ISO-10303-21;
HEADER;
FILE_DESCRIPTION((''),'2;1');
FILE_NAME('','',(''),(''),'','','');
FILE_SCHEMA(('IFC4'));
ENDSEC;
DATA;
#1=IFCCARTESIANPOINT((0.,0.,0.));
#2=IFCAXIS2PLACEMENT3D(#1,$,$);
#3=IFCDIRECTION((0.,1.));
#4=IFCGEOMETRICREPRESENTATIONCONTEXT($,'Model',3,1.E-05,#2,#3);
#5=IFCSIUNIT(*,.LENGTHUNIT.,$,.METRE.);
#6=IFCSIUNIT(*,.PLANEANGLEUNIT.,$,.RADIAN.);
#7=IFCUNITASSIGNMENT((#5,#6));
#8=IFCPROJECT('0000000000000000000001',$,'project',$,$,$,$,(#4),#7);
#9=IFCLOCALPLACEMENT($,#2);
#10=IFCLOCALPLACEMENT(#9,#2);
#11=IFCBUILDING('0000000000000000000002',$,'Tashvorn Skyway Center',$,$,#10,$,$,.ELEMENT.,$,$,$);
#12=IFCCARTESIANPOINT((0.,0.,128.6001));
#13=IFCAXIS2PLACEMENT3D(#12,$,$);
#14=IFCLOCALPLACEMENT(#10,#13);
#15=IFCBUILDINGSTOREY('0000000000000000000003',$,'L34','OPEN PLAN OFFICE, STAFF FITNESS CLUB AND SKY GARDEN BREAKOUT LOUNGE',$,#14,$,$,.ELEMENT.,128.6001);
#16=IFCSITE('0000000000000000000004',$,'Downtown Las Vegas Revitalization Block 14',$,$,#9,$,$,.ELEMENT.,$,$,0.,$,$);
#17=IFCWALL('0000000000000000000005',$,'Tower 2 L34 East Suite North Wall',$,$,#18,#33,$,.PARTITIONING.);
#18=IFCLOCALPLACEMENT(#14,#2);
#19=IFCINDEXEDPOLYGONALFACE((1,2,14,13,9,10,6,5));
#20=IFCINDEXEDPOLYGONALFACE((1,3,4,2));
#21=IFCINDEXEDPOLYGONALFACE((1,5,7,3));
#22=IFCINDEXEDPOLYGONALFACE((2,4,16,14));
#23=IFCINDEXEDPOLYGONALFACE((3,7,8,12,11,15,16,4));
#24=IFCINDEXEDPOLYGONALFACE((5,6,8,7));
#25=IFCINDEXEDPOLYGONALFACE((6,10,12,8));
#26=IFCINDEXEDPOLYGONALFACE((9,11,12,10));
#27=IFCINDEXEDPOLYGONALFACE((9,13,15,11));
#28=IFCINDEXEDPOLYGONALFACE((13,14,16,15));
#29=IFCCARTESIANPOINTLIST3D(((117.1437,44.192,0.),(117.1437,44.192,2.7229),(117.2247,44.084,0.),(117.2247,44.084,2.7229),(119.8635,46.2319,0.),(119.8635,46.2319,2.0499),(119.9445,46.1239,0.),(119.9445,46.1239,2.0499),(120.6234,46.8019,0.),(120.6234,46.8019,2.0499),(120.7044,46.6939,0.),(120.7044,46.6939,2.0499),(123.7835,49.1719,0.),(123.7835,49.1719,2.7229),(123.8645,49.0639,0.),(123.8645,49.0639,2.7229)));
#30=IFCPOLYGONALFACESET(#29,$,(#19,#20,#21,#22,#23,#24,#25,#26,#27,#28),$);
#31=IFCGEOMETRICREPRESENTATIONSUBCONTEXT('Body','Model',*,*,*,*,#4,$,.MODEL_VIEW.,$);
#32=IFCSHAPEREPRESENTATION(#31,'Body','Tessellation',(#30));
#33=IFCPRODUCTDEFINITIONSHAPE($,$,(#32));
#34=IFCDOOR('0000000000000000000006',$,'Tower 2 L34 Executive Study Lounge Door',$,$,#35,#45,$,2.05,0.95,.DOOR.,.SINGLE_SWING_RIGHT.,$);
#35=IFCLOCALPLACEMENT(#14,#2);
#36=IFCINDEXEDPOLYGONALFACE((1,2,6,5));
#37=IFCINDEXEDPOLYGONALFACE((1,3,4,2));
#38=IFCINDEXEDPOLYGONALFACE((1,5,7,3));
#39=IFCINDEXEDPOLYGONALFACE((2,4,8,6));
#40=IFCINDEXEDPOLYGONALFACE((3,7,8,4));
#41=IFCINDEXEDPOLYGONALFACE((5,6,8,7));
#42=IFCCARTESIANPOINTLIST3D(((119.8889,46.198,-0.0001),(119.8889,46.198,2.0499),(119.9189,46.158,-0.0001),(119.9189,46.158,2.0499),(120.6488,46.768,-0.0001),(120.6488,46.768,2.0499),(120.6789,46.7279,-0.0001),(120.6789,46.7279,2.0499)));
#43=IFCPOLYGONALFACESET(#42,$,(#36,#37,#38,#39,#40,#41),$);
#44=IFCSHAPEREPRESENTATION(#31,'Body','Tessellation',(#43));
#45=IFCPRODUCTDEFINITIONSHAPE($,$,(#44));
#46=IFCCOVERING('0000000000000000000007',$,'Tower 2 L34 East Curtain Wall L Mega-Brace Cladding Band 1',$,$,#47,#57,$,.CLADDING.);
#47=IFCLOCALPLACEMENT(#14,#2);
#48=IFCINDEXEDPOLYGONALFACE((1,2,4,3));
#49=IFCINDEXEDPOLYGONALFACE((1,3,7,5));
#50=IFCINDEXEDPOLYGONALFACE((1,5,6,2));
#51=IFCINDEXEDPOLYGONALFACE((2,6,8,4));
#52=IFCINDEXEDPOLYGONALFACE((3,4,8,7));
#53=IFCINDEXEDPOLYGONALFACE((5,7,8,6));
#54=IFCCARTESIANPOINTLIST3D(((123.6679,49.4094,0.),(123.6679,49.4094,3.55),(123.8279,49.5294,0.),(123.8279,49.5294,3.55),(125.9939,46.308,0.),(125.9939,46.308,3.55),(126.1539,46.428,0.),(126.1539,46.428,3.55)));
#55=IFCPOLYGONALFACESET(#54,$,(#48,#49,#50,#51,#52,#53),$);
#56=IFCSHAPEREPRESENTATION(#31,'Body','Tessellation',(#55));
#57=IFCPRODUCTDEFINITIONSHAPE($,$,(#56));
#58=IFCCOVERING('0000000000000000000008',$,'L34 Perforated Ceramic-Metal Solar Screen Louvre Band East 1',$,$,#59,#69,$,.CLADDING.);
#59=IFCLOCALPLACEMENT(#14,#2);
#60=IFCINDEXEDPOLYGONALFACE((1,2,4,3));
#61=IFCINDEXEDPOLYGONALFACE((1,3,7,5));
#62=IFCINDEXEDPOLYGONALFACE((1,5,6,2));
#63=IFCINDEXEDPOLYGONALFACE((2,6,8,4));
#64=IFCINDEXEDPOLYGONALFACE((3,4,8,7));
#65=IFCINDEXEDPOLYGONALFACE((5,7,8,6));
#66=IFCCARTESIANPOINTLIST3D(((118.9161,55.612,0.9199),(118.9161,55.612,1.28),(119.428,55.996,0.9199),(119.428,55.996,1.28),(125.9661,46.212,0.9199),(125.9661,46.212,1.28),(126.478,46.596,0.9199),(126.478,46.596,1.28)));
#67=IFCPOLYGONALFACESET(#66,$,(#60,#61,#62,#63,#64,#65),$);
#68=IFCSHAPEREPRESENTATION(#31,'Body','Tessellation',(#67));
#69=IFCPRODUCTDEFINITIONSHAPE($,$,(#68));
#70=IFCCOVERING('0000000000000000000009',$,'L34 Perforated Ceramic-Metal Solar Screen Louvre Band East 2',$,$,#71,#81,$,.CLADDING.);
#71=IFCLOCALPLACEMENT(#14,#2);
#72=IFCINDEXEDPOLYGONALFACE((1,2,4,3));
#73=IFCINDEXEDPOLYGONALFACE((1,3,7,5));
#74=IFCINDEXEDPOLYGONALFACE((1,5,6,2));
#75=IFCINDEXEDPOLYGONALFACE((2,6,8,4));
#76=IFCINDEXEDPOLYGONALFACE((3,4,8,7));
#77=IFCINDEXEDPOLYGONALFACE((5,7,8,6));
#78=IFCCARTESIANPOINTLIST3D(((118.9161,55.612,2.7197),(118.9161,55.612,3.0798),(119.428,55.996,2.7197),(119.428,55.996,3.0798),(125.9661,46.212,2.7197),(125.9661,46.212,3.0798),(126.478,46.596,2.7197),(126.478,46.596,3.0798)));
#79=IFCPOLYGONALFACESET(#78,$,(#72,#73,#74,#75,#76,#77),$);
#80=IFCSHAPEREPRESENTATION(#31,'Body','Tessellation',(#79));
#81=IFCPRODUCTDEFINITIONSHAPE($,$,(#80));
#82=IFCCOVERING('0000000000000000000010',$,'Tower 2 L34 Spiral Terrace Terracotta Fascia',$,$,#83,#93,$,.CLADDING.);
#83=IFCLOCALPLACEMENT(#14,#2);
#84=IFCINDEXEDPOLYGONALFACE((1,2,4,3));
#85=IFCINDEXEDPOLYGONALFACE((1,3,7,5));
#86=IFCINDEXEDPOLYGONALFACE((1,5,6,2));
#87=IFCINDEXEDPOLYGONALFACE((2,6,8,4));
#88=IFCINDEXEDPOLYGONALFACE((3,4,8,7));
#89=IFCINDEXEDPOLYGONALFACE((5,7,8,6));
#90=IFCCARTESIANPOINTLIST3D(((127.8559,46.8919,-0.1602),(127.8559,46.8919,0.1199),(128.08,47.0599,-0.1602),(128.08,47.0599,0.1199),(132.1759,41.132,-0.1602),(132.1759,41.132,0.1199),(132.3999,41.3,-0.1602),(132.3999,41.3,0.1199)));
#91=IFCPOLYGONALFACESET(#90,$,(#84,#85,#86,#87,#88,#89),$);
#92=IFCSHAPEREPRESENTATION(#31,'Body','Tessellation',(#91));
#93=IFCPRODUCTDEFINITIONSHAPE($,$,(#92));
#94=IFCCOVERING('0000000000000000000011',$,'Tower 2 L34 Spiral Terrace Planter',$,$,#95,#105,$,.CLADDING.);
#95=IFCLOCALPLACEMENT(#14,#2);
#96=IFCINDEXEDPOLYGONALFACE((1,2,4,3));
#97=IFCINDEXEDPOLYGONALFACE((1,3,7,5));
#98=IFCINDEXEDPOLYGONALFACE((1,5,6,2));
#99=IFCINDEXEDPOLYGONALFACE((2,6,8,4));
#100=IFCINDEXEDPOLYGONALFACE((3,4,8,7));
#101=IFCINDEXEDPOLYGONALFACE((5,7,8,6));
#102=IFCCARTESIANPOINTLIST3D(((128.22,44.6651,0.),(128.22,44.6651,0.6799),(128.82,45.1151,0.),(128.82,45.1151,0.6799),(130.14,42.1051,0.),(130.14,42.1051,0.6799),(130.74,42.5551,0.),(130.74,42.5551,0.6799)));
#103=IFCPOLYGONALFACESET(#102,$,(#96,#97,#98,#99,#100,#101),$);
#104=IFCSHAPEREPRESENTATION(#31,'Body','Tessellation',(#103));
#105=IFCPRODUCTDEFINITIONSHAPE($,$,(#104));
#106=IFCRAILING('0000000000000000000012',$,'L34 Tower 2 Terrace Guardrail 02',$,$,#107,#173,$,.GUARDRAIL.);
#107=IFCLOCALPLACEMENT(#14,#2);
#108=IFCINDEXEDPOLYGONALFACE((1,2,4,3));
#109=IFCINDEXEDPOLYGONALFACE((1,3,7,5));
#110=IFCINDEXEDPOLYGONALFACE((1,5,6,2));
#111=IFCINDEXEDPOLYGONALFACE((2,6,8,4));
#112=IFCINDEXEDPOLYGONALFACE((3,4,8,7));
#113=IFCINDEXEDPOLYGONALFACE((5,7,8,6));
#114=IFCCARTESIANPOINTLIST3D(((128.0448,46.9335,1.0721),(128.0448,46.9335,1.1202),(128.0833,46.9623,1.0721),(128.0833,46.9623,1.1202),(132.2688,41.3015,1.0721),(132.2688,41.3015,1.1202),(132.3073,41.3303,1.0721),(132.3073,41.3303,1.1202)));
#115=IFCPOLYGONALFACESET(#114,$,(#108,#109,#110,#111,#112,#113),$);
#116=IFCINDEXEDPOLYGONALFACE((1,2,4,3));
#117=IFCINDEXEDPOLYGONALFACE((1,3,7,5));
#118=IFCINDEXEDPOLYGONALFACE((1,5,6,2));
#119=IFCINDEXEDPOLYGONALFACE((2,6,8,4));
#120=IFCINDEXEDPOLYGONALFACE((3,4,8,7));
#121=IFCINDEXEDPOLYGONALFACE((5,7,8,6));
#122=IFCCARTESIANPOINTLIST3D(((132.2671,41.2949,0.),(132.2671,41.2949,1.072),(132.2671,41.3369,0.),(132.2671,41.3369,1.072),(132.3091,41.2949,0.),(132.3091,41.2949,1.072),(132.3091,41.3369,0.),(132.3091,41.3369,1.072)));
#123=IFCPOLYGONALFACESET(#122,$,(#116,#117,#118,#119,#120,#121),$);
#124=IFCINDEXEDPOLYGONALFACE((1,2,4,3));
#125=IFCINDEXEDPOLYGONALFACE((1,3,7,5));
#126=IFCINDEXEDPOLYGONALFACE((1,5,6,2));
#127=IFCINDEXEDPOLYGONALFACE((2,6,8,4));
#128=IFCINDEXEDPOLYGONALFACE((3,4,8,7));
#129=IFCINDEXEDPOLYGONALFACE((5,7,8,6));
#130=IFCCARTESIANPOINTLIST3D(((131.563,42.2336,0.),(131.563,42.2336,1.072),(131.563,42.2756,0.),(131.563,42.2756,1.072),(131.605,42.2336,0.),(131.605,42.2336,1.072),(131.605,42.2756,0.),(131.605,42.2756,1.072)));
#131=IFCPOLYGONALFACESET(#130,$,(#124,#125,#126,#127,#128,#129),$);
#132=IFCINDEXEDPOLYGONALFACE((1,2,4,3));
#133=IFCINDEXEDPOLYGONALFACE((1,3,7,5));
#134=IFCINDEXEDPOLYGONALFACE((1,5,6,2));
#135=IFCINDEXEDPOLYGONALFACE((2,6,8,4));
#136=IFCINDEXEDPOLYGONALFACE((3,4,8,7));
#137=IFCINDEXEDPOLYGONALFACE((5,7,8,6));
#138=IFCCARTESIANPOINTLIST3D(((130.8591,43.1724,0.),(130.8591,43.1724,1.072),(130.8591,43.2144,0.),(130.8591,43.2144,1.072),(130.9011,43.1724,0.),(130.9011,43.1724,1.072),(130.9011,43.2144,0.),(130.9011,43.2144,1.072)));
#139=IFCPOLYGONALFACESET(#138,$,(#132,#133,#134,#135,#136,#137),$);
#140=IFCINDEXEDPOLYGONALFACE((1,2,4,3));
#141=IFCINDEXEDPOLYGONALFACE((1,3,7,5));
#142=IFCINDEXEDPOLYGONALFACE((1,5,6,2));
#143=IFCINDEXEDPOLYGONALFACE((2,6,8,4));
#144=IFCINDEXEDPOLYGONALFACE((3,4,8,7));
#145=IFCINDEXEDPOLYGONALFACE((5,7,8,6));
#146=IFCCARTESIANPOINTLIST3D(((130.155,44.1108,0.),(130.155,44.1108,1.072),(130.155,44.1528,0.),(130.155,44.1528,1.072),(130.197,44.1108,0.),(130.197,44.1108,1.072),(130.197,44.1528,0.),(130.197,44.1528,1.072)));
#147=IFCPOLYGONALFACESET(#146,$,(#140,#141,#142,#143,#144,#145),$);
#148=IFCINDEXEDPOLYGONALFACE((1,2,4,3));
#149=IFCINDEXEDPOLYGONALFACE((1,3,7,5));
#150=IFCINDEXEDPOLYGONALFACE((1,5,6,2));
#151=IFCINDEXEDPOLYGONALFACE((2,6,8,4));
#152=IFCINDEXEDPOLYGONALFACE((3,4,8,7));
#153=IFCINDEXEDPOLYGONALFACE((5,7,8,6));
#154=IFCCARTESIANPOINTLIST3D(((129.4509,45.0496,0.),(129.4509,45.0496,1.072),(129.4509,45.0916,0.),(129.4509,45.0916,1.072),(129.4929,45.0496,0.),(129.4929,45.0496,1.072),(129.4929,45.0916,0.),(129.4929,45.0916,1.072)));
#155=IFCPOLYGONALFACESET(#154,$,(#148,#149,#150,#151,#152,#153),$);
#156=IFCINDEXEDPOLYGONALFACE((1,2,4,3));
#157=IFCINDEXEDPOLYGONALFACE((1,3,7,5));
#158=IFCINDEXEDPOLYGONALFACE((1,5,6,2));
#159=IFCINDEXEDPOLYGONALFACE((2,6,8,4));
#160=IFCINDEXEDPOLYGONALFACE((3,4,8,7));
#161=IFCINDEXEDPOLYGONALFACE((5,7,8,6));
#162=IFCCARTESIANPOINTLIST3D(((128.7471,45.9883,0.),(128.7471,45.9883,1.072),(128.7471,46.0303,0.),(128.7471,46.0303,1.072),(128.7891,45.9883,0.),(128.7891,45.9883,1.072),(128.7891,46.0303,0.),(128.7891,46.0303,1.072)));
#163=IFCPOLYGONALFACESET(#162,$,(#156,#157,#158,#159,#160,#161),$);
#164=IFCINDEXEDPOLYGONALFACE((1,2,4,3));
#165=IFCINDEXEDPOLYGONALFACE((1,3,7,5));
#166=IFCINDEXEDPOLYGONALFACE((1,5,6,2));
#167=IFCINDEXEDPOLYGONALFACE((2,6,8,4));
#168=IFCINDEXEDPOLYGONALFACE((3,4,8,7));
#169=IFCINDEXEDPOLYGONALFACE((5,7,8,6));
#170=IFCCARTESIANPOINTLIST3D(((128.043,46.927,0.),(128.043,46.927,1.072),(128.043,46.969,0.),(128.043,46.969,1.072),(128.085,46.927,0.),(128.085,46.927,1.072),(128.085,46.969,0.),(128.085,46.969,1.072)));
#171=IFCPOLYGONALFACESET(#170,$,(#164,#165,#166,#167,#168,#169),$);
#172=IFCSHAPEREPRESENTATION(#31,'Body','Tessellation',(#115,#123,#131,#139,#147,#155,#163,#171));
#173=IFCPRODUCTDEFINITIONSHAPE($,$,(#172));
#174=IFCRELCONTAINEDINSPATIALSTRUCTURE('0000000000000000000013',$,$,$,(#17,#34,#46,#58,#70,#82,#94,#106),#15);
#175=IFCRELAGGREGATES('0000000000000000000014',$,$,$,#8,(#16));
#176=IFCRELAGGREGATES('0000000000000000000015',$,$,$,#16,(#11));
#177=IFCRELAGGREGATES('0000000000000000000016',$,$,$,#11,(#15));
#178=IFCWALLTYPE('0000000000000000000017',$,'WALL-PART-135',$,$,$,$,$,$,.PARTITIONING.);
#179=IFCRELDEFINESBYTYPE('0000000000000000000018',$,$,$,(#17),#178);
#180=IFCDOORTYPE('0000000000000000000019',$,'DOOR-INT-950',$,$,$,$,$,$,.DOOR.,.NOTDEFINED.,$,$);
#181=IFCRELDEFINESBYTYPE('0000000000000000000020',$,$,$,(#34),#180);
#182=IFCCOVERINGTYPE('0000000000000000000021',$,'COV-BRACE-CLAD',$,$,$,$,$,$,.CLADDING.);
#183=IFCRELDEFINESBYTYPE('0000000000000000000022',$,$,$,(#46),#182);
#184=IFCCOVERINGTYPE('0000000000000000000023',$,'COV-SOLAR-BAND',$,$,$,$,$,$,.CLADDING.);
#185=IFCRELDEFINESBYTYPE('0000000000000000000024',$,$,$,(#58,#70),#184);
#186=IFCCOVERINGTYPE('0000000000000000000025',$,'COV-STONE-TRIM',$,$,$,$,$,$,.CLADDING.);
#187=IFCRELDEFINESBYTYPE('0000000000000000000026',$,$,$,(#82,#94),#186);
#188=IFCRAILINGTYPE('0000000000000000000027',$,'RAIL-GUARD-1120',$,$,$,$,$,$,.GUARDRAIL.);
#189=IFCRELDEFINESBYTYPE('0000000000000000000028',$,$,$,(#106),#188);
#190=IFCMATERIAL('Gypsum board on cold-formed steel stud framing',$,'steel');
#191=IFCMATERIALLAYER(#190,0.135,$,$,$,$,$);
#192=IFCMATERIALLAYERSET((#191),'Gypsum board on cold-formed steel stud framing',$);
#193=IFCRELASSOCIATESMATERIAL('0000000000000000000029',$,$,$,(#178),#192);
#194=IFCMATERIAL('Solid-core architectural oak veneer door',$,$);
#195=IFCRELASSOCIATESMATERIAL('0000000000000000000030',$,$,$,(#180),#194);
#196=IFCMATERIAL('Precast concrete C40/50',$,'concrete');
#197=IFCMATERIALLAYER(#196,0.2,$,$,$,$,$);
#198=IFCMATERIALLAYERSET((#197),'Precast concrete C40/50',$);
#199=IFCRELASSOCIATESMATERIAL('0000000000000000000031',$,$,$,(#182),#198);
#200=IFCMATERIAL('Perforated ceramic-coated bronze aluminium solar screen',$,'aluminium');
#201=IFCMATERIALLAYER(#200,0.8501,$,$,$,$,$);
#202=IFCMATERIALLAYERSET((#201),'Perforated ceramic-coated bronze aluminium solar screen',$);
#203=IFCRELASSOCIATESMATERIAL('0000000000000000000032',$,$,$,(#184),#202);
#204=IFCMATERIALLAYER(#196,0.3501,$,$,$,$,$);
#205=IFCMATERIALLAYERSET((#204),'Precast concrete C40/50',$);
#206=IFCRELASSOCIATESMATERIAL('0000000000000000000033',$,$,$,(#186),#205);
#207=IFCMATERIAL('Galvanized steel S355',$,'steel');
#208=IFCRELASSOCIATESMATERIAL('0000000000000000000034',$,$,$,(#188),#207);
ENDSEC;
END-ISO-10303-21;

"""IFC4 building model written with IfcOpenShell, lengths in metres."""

from ifc_helpers import new_model, si_unit, direction, frame, frame_2d, origin, origin_2d, place, context, subcontext, project, spatial, rectangle, extrude, material, layer, layer_set, type_object, element, fill, save


model = new_model("IFC4")

# Units and contexts
model_context = context("Model", 3, precision=1e-05, world=origin(), true_north=direction((0.0, 1.0)))
body_context = subcontext(model_context, "Body", "Model", "MODEL_VIEW")
ifc_project = project(units=[si_unit("LENGTHUNIT", "METRE"), si_unit("PLANEANGLEUNIT", "RADIAN")], contexts=[model_context])

# Site, building, storey
site_placement = place(None, origin())
site = spatial("IfcSite", under=ifc_project, at=site_placement, Name="Downtown Las Vegas Revitalization Block 14", CompositionType="ELEMENT", RefElevation=0.0)
building_placement = place(site_placement, origin())
building = spatial("IfcBuilding", under=site, at=building_placement, Name="Tashvorn Skyway Center", CompositionType="ELEMENT")
storey_placement = place(building_placement, frame((0.0, 0.0, 128.6001)))
storey = spatial("IfcBuildingStorey", under=building, at=storey_placement, Name="L34", Description="OPEN PLAN OFFICE, STAFF FITNESS CLUB AND SKY GARDEN BREAKOUT LOUNGE", CompositionType="ELEMENT", Elevation=128.6001)

# Shared definitions
ifc_material_1 = material(Name="Precast concrete C40/50", Category="concrete")

# Shared definitions
ifc_material_2 = material(Name="Gypsum board on cold-formed steel stud framing", Category="steel")

# Wall, opening, door
ifc_layer_1 = layer(ifc_material_2, 0.135)
ifc_layer_set_1 = layer_set([ifc_layer_1], Name="Gypsum board on cold-formed steel stud framing")
wall_type_1 = type_object("IfcWallType", Name="WALL-PART-135", PredefinedType="PARTITIONING", material=ifc_layer_set_1)
wall_1_placement = place(storey_placement, frame((123.824, 49.1179, 0.0), z_axis=(0.0, 0.0, 1.0), x_axis=(-0.799996, -0.600005, 0.0)))
wall_1 = element("IfcWall", 1, at=wall_1_placement, inside=storey, type_object=wall_type_1, Name="Tower 2 L34 East Suite North Wall", PredefinedType="PARTITIONING", context=body_context, shape_type="SweptSolid", body=[
    extrude(rectangle(XDim=8.2998, YDim=0.135, at=frame_2d((4.1499, 0.0))), origin(), (0.0, 0.0, 1.0), 2.7229),
])
opening_1_placement = place(wall_1_placement, frame((3.95, 0.0, 0.0)))
opening_1 = element("IfcOpeningElement", 2, at=opening_1_placement, cuts=wall_1, PredefinedType="OPENING", context=body_context, shape_type="SweptSolid", body=[
    extrude(rectangle(XDim=0.95, YDim=2.05, at=frame_2d((0.4751, 1.0249))), frame((0.0, 0.0774, 0.0), z_axis=(0.0, -1.0, 0.0), x_axis=(1.0, 0.0, 0.0)), (0.0, 0.0, 1.0), 0.155),
])
ifc_material_3 = material(Name="Solid-core architectural oak veneer door")
door_type_1 = type_object("IfcDoorType", Name="DOOR-INT-950", OperationType="NOTDEFINED", PredefinedType="DOOR", material=ifc_material_3)
door_1_placement = place(opening_1_placement, origin())
door_1 = element("IfcDoor", 3, at=door_1_placement, inside=storey, type_object=door_type_1, Name="Tower 2 L34 Executive Study Lounge Door", OperationType="SINGLE_SWING_RIGHT", OverallHeight=2.05, OverallWidth=0.95, PredefinedType="DOOR", context=body_context, shape_type="SweptSolid", body=[
    extrude(rectangle(XDim=0.95, YDim=2.05, at=frame_2d((0.4751, 1.0249))), frame((0.0, 0.0249, 0.0), z_axis=(0.0, -1.0, 0.0), x_axis=(1.0, 0.0, 0.0)), (0.0, 0.0, 1.0), 0.05),
])
fill(opening_1, door_1)

# Coverings
ifc_layer_2 = layer(ifc_material_1, 0.2)
ifc_layer_set_2 = layer_set([ifc_layer_2], Name="Precast concrete C40/50")
covering_type_1 = type_object("IfcCoveringType", Name="COV-BRACE-CLAD", PredefinedType="CLADDING", material=ifc_layer_set_2)
covering_1_placement = place(storey_placement, frame((124.9109, 47.9187, 0.0), z_axis=(0.0, 0.0, 1.0), x_axis=(0.6, -0.8, 0.0)))
element("IfcCovering", 4, at=covering_1_placement, inside=storey, type_object=covering_type_1, Name="Tower 2 L34 East Curtain Wall L Mega-Brace Cladding Band 1", PredefinedType="CLADDING", context=body_context, shape_type="SweptSolid", body=[
    extrude(rectangle(XDim=3.8767, YDim=0.2, at=origin_2d()), origin(), (0.0, 0.0, 1.0), 3.55),
])
ifc_material_4 = material(Name="Perforated ceramic-coated bronze aluminium solar screen", Category="aluminium")
ifc_layer_3 = layer(ifc_material_4, 0.8501)
ifc_layer_set_3 = layer_set([ifc_layer_3], Name="Perforated ceramic-coated bronze aluminium solar screen")
covering_type_2 = type_object("IfcCoveringType", Name="COV-SOLAR-BAND", PredefinedType="CLADDING", material=ifc_layer_set_3)
for number, where, z_axis, x_axis, name in (
    (5, (122.697, 51.104, 0.9199), (0.0, 0.0, 1.0), (0.6, -0.8, 0.0), "L34 Perforated Ceramic-Metal Solar Screen Louvre Band East 1"),
    (6, (122.697, 51.104, 2.7197), (0.0, 0.0, 1.0), (0.6, -0.8, 0.0), "L34 Perforated Ceramic-Metal Solar Screen Louvre Band East 2"),
):
    element("IfcCovering", number, at=place(storey_placement, frame(where, z_axis=z_axis, x_axis=x_axis)), inside=storey, type_object=covering_type_2, Name=name, PredefinedType="CLADDING", context=body_context, shape_type="SweptSolid", body=[
        extrude(rectangle(XDim=11.75, YDim=0.6399, at=origin_2d()), origin(), (0.0, 0.0, 1.0), 0.3601),
    ])
ifc_layer_4 = layer(ifc_material_1, 0.3501)
ifc_layer_set_4 = layer_set([ifc_layer_4], Name="Precast concrete C40/50")
covering_type_3 = type_object("IfcCoveringType", Name="COV-STONE-TRIM", PredefinedType="CLADDING", material=ifc_layer_set_4)
covering_2_placement = place(storey_placement, frame((130.1279, 44.0959, -0.1602), z_axis=(0.0, 0.0, 1.0), x_axis=(0.6, -0.8, 0.0)))
element("IfcCovering", 7, at=covering_2_placement, inside=storey, type_object=covering_type_3, Name="Tower 2 L34 Spiral Terrace Terracotta Fascia", PredefinedType="CLADDING", context=body_context, shape_type="SweptSolid", body=[
    extrude(rectangle(XDim=7.2, YDim=0.28, at=origin_2d()), origin(), (0.0, 0.0, 1.0), 0.28),
])
covering_3_placement = place(storey_placement, frame((129.48, 43.6101, 0.0), z_axis=(0.0, 0.0, 1.0), x_axis=(0.6, -0.8, 0.0)))
element("IfcCovering", 8, at=covering_3_placement, inside=storey, type_object=covering_type_3, Name="Tower 2 L34 Spiral Terrace Planter", PredefinedType="CLADDING", context=body_context, shape_type="SweptSolid", body=[
    extrude(rectangle(XDim=3.2, YDim=0.75, at=origin_2d()), origin(), (0.0, 0.0, 1.0), 0.6799),
])

# Railing
ifc_material_5 = material(Name="Galvanized steel S355", Category="steel")
railing_type = type_object("IfcRailingType", Name="RAIL-GUARD-1120", PredefinedType="GUARDRAIL", material=ifc_material_5)
railing_1_placement = place(storey_placement, frame((132.2881, 41.3159, 0.0)))
element("IfcRailing", 9, at=railing_1_placement, inside=storey, type_object=railing_type, Name="L34 Tower 2 Terrace Guardrail 02", PredefinedType="GUARDRAIL", context=body_context, shape_type="SweptSolid", body=[
    extrude(rectangle(XDim=0.0481, YDim=0.0481, at=origin_2d()), frame((0.0, 0.0, 1.0962), z_axis=(-0.600006, 0.799996, 0.0), x_axis=(-0.799996, -0.600006, 0.0)), (0.0, 0.0, 1.0), 7.04),
    extrude(rectangle(XDim=0.042, YDim=0.042, at=origin_2d()), origin(), (0.0, 0.0, 1.0), 1.072),
    extrude(rectangle(XDim=0.042, YDim=0.042, at=origin_2d()), frame((-0.7041, 0.9387, 0.0)), (0.0, 0.0, 1.0), 1.072),
    extrude(rectangle(XDim=0.042, YDim=0.042, at=origin_2d()), frame((-1.408, 1.8774, 0.0)), (0.0, 0.0, 1.0), 1.072),
    extrude(rectangle(XDim=0.042, YDim=0.042, at=origin_2d()), frame((-2.1121, 2.8159, 0.0)), (0.0, 0.0, 1.0), 1.072),
    extrude(rectangle(XDim=0.042, YDim=0.042, at=origin_2d()), frame((-2.8162, 3.7546, 0.0)), (0.0, 0.0, 1.0), 1.072),
    extrude(rectangle(XDim=0.042, YDim=0.042, at=origin_2d()), frame((-3.52, 4.6934, 0.0)), (0.0, 0.0, 1.0), 1.072),
    extrude(rectangle(XDim=0.042, YDim=0.042, at=origin_2d()), frame((-4.2241, 5.6321, 0.0)), (0.0, 0.0, 1.0), 1.072),
])

save(model, "model.ifc")
